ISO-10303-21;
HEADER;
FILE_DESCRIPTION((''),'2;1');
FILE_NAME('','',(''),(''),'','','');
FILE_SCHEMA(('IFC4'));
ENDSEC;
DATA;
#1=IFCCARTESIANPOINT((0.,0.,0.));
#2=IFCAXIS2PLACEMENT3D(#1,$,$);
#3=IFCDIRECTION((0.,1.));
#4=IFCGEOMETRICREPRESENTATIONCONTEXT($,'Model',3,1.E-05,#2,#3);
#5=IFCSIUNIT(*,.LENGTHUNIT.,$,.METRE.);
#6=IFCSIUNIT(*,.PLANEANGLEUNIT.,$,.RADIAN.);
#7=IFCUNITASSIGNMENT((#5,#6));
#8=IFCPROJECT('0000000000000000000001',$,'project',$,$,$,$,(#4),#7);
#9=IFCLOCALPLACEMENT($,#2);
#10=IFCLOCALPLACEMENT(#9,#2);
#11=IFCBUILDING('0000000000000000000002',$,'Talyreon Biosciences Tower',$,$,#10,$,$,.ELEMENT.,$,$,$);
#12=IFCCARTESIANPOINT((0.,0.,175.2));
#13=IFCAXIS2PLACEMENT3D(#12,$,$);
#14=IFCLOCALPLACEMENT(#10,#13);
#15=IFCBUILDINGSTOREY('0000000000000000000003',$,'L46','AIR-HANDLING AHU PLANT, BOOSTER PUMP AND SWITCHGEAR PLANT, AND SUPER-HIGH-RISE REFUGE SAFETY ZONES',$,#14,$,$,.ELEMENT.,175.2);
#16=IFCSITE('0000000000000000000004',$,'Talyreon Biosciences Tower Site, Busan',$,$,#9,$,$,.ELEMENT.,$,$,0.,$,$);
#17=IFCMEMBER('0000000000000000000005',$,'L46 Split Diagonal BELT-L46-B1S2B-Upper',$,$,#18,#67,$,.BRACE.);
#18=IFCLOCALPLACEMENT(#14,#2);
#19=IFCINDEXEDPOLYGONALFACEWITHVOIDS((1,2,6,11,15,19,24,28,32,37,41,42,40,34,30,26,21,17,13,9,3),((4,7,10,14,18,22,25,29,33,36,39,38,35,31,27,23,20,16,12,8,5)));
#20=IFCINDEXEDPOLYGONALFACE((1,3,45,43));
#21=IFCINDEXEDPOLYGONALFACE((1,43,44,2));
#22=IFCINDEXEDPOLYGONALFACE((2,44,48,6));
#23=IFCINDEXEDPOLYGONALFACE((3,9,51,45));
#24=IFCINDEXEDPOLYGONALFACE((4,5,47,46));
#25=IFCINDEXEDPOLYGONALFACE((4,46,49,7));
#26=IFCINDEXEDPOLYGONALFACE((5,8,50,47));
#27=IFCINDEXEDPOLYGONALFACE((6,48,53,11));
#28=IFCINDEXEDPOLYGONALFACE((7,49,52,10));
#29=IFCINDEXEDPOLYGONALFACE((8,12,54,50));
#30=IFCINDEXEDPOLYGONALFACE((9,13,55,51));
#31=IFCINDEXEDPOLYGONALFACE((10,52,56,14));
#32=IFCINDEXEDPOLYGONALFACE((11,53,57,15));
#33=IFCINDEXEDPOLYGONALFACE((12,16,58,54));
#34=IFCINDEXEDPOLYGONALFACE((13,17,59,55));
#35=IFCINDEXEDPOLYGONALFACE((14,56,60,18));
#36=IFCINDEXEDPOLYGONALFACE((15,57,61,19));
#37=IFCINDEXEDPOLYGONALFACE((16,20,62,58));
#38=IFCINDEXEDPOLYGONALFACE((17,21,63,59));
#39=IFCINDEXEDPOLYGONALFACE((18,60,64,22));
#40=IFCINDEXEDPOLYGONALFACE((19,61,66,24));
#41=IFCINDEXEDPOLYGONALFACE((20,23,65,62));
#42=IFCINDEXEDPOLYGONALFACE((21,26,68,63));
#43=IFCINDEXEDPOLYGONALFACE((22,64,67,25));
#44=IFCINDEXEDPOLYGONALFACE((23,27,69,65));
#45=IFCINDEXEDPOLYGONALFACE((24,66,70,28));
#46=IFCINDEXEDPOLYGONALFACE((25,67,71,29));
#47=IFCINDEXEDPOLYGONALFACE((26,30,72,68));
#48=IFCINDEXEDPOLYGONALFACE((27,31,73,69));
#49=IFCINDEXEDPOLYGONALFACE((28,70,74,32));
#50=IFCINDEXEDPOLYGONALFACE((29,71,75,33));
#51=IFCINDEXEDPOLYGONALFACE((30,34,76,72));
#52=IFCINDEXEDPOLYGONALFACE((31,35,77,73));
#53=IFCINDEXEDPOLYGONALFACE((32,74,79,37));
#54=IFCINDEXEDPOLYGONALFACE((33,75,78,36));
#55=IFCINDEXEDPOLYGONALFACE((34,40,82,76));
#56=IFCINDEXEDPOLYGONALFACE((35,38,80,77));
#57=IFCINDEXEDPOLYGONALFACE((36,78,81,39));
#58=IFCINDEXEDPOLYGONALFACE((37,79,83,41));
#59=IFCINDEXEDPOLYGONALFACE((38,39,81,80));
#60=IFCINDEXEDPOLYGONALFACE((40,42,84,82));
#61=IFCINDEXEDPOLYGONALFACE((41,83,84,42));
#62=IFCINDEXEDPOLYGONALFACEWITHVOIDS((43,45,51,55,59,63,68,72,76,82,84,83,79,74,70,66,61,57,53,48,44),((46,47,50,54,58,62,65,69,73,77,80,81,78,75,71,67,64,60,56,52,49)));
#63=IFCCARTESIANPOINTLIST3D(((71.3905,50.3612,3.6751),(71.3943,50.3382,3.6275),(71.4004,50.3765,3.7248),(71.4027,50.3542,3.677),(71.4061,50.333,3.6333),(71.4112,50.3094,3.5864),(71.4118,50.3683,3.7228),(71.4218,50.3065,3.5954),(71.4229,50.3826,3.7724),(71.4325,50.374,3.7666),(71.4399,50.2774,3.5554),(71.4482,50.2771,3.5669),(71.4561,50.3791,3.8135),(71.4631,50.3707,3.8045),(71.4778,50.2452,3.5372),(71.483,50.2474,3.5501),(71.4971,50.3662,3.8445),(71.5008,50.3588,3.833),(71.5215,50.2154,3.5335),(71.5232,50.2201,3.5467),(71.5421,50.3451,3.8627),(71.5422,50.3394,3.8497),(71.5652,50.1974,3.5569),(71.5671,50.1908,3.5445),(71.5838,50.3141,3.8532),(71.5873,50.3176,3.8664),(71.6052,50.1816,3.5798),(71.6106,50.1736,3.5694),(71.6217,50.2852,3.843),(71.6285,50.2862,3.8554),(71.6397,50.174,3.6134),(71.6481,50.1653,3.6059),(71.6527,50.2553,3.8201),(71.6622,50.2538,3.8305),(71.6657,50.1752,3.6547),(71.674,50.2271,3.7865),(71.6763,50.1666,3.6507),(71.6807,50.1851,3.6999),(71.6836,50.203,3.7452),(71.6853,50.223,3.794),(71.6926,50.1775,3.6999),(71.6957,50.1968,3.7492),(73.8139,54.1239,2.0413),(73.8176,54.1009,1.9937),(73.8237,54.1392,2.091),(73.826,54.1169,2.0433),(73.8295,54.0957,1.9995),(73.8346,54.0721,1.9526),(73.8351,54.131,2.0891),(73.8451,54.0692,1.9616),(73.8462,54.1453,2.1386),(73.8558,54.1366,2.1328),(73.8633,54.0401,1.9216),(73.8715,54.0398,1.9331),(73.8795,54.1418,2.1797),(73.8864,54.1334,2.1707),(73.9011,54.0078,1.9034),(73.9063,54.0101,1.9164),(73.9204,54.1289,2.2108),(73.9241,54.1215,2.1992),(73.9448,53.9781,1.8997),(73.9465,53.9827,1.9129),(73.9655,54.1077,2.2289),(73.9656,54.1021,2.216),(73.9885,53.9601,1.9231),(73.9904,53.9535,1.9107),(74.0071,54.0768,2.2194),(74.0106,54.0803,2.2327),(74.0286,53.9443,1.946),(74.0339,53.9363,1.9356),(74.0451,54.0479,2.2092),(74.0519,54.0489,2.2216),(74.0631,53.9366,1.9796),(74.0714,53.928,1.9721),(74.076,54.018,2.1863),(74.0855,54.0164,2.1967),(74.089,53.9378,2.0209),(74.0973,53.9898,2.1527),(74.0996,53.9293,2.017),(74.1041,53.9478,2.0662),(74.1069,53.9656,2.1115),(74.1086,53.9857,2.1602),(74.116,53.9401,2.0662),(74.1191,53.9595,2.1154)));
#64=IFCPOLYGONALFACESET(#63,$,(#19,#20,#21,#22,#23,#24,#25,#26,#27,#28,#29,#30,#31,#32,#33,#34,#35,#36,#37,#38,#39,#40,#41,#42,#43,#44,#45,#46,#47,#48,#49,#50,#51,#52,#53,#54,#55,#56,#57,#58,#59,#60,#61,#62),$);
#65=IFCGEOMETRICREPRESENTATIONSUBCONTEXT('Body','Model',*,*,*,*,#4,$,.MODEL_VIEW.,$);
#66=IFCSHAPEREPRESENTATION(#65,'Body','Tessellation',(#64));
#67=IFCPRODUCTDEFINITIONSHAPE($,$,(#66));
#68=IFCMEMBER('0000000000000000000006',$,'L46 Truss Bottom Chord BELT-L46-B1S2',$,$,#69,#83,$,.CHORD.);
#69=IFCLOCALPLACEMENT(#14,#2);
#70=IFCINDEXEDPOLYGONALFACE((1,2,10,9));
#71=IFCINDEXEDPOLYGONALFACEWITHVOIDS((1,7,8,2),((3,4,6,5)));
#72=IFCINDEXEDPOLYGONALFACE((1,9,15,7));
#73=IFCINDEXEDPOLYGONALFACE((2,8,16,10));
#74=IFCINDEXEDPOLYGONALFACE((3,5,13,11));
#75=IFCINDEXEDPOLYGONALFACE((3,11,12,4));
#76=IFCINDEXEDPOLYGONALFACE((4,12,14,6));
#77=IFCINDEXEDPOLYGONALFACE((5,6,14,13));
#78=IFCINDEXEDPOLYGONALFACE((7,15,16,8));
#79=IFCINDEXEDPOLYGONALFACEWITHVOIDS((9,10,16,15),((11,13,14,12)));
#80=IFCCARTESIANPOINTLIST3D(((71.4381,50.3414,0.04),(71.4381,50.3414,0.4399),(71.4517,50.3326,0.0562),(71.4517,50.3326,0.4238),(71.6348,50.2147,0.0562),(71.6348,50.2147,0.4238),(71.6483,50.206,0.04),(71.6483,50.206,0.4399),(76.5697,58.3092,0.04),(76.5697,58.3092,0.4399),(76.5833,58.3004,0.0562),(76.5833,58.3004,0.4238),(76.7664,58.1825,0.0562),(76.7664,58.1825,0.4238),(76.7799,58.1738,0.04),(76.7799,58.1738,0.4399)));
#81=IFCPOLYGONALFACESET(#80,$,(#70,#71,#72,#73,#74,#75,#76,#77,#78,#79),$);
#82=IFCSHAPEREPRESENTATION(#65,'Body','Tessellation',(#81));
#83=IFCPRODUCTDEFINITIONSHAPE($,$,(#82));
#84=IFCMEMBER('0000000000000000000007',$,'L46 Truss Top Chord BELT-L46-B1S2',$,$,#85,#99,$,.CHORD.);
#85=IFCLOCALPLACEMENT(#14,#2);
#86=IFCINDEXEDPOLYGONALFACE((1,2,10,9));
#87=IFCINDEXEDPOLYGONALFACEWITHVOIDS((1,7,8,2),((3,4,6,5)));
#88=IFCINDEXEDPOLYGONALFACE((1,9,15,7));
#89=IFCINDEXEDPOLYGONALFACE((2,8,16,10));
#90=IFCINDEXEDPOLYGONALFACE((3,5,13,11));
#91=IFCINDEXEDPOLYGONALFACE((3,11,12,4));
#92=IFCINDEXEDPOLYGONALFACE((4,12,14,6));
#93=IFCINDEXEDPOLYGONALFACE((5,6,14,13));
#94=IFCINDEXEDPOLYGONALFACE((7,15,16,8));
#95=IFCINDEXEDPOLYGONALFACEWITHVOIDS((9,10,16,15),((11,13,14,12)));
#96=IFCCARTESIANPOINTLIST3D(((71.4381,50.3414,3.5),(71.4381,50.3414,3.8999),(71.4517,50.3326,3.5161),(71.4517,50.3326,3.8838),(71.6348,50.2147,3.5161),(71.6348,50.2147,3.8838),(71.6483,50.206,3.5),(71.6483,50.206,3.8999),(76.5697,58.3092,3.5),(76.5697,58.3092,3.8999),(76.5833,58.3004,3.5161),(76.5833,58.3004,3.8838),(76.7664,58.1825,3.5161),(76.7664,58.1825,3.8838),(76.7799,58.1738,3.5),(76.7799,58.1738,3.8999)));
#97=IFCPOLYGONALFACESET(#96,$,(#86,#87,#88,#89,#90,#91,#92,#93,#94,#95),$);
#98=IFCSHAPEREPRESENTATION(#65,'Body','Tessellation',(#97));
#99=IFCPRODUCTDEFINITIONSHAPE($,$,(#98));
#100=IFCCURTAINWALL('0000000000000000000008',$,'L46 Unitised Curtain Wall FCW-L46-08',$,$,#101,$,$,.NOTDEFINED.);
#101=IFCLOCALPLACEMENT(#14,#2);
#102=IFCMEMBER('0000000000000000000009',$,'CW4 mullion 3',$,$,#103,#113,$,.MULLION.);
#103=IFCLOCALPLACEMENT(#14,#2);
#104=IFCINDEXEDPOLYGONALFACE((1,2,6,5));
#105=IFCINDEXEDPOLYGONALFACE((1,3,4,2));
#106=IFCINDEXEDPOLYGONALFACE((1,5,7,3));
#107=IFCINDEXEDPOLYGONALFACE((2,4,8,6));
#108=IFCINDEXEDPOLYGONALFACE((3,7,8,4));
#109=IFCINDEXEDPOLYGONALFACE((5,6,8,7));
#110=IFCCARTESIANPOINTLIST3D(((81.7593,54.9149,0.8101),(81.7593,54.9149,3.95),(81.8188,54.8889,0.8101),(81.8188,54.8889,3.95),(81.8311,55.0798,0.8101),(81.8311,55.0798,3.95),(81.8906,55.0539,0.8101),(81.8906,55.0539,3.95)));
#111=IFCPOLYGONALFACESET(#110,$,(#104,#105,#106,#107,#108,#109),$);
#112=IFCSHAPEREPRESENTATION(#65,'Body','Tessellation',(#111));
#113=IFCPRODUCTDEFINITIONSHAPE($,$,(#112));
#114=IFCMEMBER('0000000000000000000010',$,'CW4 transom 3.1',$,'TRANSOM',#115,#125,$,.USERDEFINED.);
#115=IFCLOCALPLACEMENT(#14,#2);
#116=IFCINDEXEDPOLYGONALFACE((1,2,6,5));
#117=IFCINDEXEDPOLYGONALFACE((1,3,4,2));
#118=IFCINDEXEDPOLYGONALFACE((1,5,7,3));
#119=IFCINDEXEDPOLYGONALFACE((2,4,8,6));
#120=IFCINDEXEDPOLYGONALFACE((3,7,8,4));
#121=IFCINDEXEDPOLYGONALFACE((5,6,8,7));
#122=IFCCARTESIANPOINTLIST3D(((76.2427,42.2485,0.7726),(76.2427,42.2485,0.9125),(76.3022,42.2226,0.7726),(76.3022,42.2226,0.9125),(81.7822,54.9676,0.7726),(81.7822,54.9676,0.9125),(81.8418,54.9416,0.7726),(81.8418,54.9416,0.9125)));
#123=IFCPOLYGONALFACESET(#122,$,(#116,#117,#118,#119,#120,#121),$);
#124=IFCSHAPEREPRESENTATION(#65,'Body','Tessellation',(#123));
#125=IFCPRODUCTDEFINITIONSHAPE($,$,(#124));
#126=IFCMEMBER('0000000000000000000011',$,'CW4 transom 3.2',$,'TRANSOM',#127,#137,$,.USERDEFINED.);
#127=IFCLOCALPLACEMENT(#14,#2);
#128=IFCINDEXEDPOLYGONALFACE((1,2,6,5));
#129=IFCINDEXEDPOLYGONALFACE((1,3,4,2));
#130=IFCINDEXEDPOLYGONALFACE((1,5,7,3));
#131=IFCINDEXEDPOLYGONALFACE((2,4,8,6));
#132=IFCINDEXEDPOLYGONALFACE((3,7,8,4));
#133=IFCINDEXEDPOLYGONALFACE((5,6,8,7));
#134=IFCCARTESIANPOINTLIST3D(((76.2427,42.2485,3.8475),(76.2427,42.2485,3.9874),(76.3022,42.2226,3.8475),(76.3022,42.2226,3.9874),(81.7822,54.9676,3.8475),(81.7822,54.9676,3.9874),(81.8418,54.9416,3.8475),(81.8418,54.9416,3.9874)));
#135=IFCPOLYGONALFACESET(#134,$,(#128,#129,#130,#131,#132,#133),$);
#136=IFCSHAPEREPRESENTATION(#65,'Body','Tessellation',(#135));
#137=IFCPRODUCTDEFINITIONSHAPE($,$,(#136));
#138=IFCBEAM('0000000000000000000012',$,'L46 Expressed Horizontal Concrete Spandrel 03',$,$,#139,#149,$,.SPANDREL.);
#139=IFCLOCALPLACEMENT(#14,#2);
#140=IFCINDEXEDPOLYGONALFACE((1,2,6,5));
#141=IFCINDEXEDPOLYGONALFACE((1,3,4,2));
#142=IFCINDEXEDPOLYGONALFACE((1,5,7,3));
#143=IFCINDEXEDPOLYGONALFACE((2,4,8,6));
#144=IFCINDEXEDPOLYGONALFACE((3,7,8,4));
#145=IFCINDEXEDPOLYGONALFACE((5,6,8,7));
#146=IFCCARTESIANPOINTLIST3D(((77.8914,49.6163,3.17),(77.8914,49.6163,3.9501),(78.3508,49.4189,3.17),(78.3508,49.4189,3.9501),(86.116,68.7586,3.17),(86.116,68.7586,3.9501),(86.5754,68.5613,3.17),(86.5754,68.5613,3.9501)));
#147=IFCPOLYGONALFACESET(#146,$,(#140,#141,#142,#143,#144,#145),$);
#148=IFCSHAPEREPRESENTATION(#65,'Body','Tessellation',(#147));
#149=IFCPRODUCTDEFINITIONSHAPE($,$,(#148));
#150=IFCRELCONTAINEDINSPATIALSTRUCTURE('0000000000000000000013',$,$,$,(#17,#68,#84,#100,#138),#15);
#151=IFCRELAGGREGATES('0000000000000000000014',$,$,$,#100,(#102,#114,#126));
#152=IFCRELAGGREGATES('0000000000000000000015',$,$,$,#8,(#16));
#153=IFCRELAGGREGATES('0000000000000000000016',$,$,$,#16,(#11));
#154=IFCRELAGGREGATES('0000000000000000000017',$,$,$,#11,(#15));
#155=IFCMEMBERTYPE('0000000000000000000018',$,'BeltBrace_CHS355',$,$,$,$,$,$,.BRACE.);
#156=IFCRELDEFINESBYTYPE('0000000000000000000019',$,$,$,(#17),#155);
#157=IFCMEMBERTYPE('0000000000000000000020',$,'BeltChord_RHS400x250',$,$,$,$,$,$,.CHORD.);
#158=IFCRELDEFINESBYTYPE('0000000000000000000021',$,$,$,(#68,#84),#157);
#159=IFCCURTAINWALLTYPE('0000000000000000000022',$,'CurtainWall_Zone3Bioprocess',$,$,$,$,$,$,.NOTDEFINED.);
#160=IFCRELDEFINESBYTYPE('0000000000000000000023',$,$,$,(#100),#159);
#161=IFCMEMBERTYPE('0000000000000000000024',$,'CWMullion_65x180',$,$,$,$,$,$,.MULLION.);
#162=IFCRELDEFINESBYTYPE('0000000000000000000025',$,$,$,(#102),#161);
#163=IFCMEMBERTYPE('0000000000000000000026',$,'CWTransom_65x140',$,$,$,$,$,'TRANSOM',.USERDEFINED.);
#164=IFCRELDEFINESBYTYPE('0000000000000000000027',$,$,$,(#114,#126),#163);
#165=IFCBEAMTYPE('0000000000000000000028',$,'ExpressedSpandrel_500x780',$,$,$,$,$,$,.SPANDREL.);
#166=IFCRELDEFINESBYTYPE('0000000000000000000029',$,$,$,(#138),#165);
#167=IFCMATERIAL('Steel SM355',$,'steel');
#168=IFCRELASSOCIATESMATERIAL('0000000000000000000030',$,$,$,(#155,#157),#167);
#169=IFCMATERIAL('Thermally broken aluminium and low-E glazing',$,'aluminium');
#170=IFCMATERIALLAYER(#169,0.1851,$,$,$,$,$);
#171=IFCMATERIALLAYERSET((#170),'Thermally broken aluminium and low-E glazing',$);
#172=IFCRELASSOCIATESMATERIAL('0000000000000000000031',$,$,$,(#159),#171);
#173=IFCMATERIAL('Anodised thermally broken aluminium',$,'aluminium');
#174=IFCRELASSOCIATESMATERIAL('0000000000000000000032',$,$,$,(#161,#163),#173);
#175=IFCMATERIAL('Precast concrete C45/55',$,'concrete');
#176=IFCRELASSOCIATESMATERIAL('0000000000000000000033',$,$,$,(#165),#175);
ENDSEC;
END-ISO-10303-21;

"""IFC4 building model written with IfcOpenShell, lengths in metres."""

from ifc_helpers import new_model, si_unit, direction, frame, origin, origin_2d, place, context, subcontext, project, spatial, rectangle, hollow_rectangle, hollow_circle, extrude, material, layer, layer_set, material_profile, profile_set, type_object, element, aggregate, save


model = new_model("IFC4")

# Units and contexts
model_context = context("Model", 3, precision=1e-05, world=origin(), true_north=direction((0.0, 1.0)))
body_context = subcontext(model_context, "Body", "Model", "MODEL_VIEW")
ifc_project = project(units=[si_unit("LENGTHUNIT", "METRE"), si_unit("PLANEANGLEUNIT", "RADIAN")], contexts=[model_context])

# Site, building, storey
site_placement = place(None, origin())
site = spatial("IfcSite", under=ifc_project, at=site_placement, Name="Talyreon Biosciences Tower Site, Busan", CompositionType="ELEMENT", RefElevation=0.0)
building_placement = place(site_placement, origin())
building = spatial("IfcBuilding", under=site, at=building_placement, Name="Talyreon Biosciences Tower", CompositionType="ELEMENT")
storey_placement = place(building_placement, frame((0.0, 0.0, 175.2)))
storey = spatial("IfcBuildingStorey", under=building, at=storey_placement, Name="L46", Description="AIR-HANDLING AHU PLANT, BOOSTER PUMP AND SWITCHGEAR PLANT, AND SUPER-HIGH-RISE REFUGE SAFETY ZONES", CompositionType="ELEMENT", Elevation=175.2)

# Members
ifc_material_1 = material(Name="Steel SM355", Category="steel")
ifc_material_profile_1 = material_profile(ifc_material_1, hollow_circle(Radius=0.1777, WallThickness=0.0142, at=origin_2d()), Name="CHS 355.6x14.2")
ifc_profile_set_1 = profile_set([ifc_material_profile_1], Name="Steel SM355")
member_type_1 = type_object("IfcMemberType", Name="BeltBrace_CHS355", PredefinedType="BRACE", material=ifc_profile_set_1)
member_1_placement = place(storey_placement, frame((73.9666, 54.0364, 2.0662), z_axis=(-0.508632, -0.789749, 0.342914), x_axis=(0.840724, -0.541463, 0.0)))
element("IfcMember", 1, at=member_1_placement, inside=storey, type_object=member_type_1, Name="L46 Split Diagonal BELT-L46-B1S2B-Upper", PredefinedType="BRACE", context=body_context, shape_type="SweptSolid", body=[
    extrude(hollow_circle(Radius=0.1777, WallThickness=0.0142, at=origin_2d()), origin(), (0.0, 0.0, 1.0), 4.7644),
])
ifc_material_profile_2 = material_profile(ifc_material_1, hollow_rectangle(XDim=0.25, YDim=0.3999, WallThickness=0.0161, at=origin_2d()), Name="RHS 400x250x16")
ifc_profile_set_2 = profile_set([ifc_material_profile_2], Name="Steel SM355")
member_type_2 = type_object("IfcMemberType", Name="BeltChord_RHS400x250", PredefinedType="CHORD", material=ifc_profile_set_2)
for number, where, z_axis, x_axis, name in (
    (2, (71.5432, 50.2737, 0.24), (0.541463, 0.840725, 0.0), (-0.840725, 0.541463, 0.0), "L46 Truss Bottom Chord BELT-L46-B1S2"),
    (3, (71.5432, 50.2737, 3.7), (0.541463, 0.840725, 0.0), (-0.840725, 0.541463, 0.0), "L46 Truss Top Chord BELT-L46-B1S2"),
):
    element("IfcMember", number, at=place(storey_placement, frame(where, z_axis=z_axis, x_axis=x_axis)), inside=storey, type_object=member_type_2, Name=name, PredefinedType="CHORD", context=body_context, shape_type="SweptSolid", body=[
        extrude(hollow_rectangle(XDim=0.25, YDim=0.3999, WallThickness=0.0161, at=origin_2d()), origin(), (0.0, 0.0, 1.0), 9.4773),
    ])

# Curtain wall, members
ifc_material_2 = material(Name="Thermally broken aluminium and low-E glazing", Category="aluminium")
ifc_layer_1 = layer(ifc_material_2, 0.1851)
ifc_layer_set_1 = layer_set([ifc_layer_1], Name="Thermally broken aluminium and low-E glazing")
curtain_wall_type = type_object("IfcCurtainWallType", Name="CurtainWall_Zone3Bioprocess", PredefinedType="NOTDEFINED", material=ifc_layer_set_1)
curtain_wall_placement = place(storey_placement, origin())
curtain_wall = element("IfcCurtainWall", 4, at=curtain_wall_placement, inside=storey, type_object=curtain_wall_type, Name="L46 Unitised Curtain Wall FCW-L46-08", PredefinedType="NOTDEFINED")
ifc_material_3 = material(Name="Anodised thermally broken aluminium", Category="aluminium")
ifc_material_profile_3 = material_profile(ifc_material_3, rectangle(XDim=0.0649, YDim=0.1799, at=origin_2d()), Name="ALUM MULLION 65x180")
ifc_profile_set_3 = profile_set([ifc_material_profile_3], Name="Anodised thermally broken aluminium")
member_type_3 = type_object("IfcMemberType", Name="CWMullion_65x180", PredefinedType="MULLION", material=ifc_profile_set_3)
member_2_placement = place(storey_placement, frame((81.825, 54.9844, 0.8101), z_axis=(0.0, 0.0, 1.0), x_axis=(0.91682, -0.3993, 0.0)))
member_2 = element("IfcMember", 5, at=member_2_placement, type_object=member_type_3, Name="CW4 mullion 3", PredefinedType="MULLION", context=body_context, shape_type="SweptSolid", body=[
    extrude(rectangle(XDim=0.0649, YDim=0.1799, at=origin_2d()), origin(), (0.0, 0.0, 1.0), 3.1399),
])
ifc_material_profile_4 = material_profile(ifc_material_3, rectangle(XDim=0.0649, YDim=0.1399, at=origin_2d()), Name="ALUM TRANSOM 65x140")
ifc_profile_set_4 = profile_set([ifc_material_profile_4], Name="Anodised thermally broken aluminium")
member_type_4 = type_object("IfcMemberType", Name="CWTransom_65x140", ElementType="TRANSOM", PredefinedType="USERDEFINED", material=ifc_profile_set_4)
member_3_placement = place(storey_placement, frame((81.812, 54.9546, 0.8425), z_axis=(-0.399305, -0.916818, 0.0), x_axis=(0.916818, -0.399305, 0.0)))
member_3 = element("IfcMember", 6, at=member_3_placement, type_object=member_type_4, Name="CW4 transom 3.1", ObjectType="TRANSOM", PredefinedType="USERDEFINED", context=body_context, shape_type="SweptSolid", body=[
    extrude(rectangle(XDim=0.0649, YDim=0.1399, at=origin_2d()), origin(), (0.0, 0.0, 1.0), 13.873),
])
member_4_placement = place(storey_placement, frame((81.812, 54.9546, 3.9175), z_axis=(-0.399305, -0.916818, 0.0), x_axis=(0.916818, -0.399305, 0.0)))
member_4 = element("IfcMember", 7, at=member_4_placement, type_object=member_type_4, Name="CW4 transom 3.2", ObjectType="TRANSOM", PredefinedType="USERDEFINED", context=body_context, shape_type="SweptSolid", body=[
    extrude(rectangle(XDim=0.0649, YDim=0.1399, at=origin_2d()), origin(), (0.0, 0.0, 1.0), 13.873),
])
aggregate(curtain_wall, [member_2, member_3, member_4])

# Beam
ifc_material_4 = material(Name="Precast concrete C45/55", Category="concrete")
ifc_material_profile_5 = material_profile(ifc_material_4, rectangle(XDim=0.5, YDim=0.78, at=origin_2d()), Name="RCB 500x780")
ifc_profile_set_5 = profile_set([ifc_material_profile_5], Name="Precast concrete C45/55")
beam_type_1 = type_object("IfcBeamType", Name="ExpressedSpandrel_500x780", PredefinedType="SPANDREL", material=ifc_profile_set_5)
beam_1_placement = place(storey_placement, frame((78.1211, 49.5176, 3.5601), z_axis=(0.394761, 0.918784, 0.0), x_axis=(-0.918784, 0.394761, 0.0)))
element("IfcBeam", 8, at=beam_1_placement, inside=storey, type_object=beam_type_1, Name="L46 Expressed Horizontal Concrete Spandrel 03", PredefinedType="SPANDREL", context=body_context, shape_type="SweptSolid", body=[
    extrude(rectangle(XDim=0.5, YDim=0.78, at=origin_2d()), origin(), (0.0, 0.0, 1.0), 20.8345),
])

save(model, "model.ifc")
